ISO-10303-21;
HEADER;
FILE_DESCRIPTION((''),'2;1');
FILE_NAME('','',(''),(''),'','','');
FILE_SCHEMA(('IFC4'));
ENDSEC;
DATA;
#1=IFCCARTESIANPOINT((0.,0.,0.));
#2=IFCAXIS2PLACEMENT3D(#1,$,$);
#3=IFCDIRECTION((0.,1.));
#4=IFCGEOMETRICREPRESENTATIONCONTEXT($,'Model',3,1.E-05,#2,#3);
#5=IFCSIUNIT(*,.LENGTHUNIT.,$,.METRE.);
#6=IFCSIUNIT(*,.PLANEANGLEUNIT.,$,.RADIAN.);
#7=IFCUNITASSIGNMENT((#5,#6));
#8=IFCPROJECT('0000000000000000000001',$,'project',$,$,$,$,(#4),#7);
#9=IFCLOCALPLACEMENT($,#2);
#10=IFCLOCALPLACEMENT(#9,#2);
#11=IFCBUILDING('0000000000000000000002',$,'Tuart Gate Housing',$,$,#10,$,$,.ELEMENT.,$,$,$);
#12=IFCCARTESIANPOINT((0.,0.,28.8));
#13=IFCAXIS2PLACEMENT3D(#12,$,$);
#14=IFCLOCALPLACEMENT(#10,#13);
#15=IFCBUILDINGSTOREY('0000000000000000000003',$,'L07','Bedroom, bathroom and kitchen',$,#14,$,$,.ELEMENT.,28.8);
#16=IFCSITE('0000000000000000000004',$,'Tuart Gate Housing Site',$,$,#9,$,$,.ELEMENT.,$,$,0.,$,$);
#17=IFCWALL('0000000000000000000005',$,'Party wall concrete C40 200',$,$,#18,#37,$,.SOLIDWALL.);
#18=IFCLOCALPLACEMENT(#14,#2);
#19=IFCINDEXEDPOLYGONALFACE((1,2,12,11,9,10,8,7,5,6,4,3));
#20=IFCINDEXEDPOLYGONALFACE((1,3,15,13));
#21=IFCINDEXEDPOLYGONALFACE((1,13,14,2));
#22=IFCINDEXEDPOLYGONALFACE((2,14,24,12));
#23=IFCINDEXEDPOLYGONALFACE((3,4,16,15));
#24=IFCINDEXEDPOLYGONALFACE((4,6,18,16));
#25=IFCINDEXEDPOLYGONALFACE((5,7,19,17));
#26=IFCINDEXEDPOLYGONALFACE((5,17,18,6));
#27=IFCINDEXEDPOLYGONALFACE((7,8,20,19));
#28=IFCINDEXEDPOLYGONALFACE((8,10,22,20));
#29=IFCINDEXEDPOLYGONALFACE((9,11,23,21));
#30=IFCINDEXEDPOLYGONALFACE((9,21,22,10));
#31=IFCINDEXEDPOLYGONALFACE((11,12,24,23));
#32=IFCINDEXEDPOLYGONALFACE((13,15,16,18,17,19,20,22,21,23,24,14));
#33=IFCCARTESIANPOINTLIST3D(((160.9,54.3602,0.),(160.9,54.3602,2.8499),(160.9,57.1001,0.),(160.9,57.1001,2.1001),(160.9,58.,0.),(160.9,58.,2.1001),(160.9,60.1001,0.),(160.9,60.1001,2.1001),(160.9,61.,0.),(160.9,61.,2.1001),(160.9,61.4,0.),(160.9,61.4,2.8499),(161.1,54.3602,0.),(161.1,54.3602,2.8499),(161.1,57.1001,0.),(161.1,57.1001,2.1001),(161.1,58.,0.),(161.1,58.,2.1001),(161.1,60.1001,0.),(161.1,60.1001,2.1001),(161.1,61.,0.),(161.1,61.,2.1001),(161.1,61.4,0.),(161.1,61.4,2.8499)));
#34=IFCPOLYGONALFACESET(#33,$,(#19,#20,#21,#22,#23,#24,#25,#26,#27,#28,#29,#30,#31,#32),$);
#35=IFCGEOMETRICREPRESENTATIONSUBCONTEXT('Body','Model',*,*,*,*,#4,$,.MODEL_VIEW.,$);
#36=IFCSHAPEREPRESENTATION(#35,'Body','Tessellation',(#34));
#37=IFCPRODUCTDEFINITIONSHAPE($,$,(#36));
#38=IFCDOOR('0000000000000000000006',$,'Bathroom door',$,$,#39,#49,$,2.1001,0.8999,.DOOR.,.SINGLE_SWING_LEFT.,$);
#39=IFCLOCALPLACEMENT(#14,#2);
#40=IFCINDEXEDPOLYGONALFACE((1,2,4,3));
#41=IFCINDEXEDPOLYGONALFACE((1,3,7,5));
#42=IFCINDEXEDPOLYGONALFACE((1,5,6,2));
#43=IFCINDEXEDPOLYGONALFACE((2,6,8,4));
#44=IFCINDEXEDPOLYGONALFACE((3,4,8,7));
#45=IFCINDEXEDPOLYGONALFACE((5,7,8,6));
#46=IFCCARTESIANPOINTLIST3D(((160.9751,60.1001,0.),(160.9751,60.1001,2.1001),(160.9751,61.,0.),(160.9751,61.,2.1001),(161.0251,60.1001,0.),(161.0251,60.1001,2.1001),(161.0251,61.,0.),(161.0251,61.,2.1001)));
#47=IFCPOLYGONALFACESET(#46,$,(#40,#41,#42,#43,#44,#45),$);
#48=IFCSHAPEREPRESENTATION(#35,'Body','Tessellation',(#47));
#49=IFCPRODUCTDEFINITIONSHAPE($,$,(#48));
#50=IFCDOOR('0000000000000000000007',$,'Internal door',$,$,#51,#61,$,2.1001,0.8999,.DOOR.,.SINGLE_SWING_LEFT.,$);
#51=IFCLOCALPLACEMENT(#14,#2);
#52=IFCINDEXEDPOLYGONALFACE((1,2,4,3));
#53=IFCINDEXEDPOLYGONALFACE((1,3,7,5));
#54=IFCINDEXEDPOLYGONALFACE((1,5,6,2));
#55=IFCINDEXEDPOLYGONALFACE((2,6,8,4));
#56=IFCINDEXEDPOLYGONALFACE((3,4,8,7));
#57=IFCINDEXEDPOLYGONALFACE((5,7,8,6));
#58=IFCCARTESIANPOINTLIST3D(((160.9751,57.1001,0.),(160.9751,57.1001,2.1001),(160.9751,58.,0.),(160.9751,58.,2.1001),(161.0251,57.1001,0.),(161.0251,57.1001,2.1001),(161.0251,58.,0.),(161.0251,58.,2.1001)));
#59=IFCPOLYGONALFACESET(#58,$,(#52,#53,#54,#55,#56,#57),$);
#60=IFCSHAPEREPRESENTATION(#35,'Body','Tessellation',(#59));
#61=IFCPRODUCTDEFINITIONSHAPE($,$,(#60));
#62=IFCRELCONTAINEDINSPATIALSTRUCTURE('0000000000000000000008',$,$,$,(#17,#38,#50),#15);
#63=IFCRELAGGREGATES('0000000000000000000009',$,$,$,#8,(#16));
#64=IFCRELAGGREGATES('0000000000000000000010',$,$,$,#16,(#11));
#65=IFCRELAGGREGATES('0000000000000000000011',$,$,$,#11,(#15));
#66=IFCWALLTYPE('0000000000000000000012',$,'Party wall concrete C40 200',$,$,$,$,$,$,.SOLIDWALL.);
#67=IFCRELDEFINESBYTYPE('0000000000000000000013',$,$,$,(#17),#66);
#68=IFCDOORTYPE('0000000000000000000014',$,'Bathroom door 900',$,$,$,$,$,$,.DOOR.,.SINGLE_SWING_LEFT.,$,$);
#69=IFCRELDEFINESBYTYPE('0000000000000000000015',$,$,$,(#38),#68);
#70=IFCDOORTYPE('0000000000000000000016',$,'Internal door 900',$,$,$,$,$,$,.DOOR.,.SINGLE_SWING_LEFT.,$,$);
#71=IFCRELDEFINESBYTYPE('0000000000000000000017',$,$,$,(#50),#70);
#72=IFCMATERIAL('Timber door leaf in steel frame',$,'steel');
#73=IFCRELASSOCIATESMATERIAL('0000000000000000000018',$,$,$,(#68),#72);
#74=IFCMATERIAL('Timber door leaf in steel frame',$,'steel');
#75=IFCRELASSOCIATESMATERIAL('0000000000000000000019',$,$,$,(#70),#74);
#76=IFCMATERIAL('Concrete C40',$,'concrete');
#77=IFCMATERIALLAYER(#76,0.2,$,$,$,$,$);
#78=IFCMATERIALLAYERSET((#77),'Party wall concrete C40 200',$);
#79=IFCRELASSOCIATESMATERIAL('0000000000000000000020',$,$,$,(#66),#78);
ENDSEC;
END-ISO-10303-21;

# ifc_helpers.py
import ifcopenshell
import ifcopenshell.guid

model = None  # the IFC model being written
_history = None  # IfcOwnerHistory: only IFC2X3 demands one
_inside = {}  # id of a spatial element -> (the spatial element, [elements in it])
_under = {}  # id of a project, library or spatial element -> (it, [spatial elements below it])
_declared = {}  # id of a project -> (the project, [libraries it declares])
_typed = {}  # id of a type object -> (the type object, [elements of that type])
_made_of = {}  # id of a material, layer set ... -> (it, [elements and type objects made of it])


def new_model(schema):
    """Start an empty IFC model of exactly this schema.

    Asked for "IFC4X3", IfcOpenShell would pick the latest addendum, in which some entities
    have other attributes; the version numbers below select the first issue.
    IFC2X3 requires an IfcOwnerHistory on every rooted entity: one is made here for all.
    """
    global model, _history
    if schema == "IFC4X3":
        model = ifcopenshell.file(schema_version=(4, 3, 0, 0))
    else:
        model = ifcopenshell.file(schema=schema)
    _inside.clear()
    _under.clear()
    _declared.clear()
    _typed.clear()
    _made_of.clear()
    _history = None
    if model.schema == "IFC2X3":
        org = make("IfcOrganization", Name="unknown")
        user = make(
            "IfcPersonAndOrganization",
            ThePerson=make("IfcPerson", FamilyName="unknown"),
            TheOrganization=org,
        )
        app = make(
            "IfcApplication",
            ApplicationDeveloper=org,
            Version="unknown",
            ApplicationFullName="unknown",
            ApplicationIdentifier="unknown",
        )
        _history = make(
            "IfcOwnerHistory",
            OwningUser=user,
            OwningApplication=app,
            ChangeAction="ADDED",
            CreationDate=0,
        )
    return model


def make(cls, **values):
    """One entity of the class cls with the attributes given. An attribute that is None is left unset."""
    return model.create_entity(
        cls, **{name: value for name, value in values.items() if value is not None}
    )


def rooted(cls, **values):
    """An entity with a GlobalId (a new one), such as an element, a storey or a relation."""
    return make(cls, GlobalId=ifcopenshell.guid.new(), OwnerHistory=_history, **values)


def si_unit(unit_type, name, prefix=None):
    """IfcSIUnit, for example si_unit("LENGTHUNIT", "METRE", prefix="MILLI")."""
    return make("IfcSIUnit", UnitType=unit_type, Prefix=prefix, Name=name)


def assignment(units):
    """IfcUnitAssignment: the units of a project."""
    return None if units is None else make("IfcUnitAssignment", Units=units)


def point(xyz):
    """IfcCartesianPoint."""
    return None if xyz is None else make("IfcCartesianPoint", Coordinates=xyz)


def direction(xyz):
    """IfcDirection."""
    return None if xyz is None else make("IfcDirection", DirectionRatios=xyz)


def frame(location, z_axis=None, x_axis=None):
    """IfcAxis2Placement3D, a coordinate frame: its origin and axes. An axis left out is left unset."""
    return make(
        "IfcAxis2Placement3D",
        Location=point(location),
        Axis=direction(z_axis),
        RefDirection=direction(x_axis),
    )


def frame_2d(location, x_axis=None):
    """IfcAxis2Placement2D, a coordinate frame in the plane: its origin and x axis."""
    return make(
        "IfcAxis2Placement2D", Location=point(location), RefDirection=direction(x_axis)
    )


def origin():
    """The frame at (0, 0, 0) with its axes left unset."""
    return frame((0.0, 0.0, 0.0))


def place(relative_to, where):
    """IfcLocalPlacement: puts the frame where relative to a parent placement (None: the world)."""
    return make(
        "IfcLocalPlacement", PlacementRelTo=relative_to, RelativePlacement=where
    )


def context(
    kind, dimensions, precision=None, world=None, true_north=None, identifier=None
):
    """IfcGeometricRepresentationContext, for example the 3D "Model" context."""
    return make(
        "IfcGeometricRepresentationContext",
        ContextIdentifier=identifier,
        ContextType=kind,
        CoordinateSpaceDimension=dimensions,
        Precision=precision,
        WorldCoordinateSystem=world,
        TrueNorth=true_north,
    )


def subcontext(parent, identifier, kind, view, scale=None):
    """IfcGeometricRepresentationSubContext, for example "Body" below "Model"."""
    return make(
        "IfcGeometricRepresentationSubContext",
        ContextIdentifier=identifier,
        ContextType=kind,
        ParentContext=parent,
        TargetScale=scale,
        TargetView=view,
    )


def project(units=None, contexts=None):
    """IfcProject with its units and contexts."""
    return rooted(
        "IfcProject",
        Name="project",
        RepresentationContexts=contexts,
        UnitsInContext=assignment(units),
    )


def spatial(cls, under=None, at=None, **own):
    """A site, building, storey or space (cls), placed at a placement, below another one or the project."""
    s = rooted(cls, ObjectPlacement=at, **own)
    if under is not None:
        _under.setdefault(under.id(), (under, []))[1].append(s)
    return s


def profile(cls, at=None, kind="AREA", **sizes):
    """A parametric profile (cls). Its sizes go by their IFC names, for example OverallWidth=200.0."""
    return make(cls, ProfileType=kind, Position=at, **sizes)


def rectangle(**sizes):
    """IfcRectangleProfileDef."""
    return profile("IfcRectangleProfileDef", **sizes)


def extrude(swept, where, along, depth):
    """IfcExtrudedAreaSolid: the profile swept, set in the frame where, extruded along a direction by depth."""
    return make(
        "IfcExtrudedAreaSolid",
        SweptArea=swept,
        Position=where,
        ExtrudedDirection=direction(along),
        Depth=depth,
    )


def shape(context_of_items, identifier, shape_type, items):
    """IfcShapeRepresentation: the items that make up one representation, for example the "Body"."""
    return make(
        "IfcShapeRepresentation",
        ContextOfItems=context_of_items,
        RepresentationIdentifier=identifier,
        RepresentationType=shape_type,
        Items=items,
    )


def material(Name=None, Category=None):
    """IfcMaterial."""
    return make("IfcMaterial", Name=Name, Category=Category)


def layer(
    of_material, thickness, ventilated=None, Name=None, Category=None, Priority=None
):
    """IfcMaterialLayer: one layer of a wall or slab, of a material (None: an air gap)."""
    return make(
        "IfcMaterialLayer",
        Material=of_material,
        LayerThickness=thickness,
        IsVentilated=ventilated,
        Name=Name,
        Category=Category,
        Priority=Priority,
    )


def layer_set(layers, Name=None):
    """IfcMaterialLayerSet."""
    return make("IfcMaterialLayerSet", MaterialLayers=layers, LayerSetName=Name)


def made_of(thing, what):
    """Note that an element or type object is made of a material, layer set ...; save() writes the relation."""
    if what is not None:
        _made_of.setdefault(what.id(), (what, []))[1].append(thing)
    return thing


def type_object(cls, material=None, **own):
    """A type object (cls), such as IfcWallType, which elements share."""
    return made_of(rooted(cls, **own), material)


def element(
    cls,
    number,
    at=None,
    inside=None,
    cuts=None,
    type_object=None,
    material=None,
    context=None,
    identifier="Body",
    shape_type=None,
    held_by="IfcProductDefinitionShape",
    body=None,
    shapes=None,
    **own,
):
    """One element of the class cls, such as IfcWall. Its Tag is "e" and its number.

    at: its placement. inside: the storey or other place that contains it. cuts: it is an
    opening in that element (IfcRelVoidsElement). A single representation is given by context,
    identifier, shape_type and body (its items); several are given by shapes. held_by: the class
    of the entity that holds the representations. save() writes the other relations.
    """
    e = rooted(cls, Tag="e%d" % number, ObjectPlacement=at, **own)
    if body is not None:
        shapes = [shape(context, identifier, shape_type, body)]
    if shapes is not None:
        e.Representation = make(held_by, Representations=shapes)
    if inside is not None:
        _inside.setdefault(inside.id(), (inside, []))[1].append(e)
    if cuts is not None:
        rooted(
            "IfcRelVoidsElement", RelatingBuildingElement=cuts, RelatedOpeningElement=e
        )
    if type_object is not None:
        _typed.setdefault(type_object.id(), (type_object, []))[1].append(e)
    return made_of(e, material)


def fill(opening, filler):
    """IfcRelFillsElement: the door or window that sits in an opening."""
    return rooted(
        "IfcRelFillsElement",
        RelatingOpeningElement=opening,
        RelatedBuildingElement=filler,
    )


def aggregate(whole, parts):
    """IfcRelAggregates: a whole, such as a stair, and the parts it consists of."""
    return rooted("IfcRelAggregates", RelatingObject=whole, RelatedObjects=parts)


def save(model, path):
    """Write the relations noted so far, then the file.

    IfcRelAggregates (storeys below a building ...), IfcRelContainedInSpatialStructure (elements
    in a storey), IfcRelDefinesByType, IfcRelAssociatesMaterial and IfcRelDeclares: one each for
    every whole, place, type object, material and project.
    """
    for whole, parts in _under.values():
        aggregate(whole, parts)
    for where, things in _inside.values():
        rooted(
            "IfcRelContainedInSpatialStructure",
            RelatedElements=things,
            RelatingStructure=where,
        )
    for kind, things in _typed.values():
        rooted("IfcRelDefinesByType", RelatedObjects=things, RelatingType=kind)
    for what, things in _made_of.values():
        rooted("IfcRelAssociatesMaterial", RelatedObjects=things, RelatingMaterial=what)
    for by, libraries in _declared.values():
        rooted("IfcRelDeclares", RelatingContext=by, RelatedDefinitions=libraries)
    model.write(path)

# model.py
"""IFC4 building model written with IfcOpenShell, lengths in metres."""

from ifc_helpers import new_model, si_unit, direction, frame, frame_2d, origin, place, context, subcontext, project, spatial, rectangle, extrude, material, layer, layer_set, type_object, element, fill, save


model = new_model("IFC4")

# Units and contexts
model_context = context("Model", 3, precision=1e-05, world=origin(), true_north=direction((0.0, 1.0)))
body_context = subcontext(model_context, "Body", "Model", "MODEL_VIEW")
ifc_project = project(units=[si_unit("LENGTHUNIT", "METRE"), si_unit("PLANEANGLEUNIT", "RADIAN")], contexts=[model_context])

# Site, building, storey
site_placement = place(None, origin())
site = spatial("IfcSite", under=ifc_project, at=site_placement, Name="Tuart Gate Housing Site", CompositionType="ELEMENT", RefElevation=0.0)
building_placement = place(site_placement, origin())
building = spatial("IfcBuilding", under=site, at=building_placement, Name="Tuart Gate Housing", CompositionType="ELEMENT")
storey_placement = place(building_placement, frame((0.0, 0.0, 28.8)))
storey = spatial("IfcBuildingStorey", under=building, at=storey_placement, Name="L07", Description="Bedroom, bathroom and kitchen", CompositionType="ELEMENT", Elevation=28.8)

# Shared definitions
ifc_material_1 = material(Name="Timber door leaf in steel frame", Category="steel")
door_type_1 = type_object("IfcDoorType", Name="Bathroom door 900", OperationType="SINGLE_SWING_LEFT", PredefinedType="DOOR", material=ifc_material_1)
ifc_material_2 = material(Name="Timber door leaf in steel frame", Category="steel")
door_type_2 = type_object("IfcDoorType", Name="Internal door 900", OperationType="SINGLE_SWING_LEFT", PredefinedType="DOOR", material=ifc_material_2)

# Shared definitions
ifc_material_3 = material(Name="Concrete C40", Category="concrete")
ifc_layer_1 = layer(ifc_material_3, 0.2)
ifc_layer_set_1 = layer_set([ifc_layer_1], Name="Party wall concrete C40 200")
wall_type_1 = type_object("IfcWallType", Name="Party wall concrete C40 200", PredefinedType="SOLIDWALL", material=ifc_layer_set_1)

# Wall, openings, doors
wall_1_placement = place(storey_placement, frame((161.0, 54.3601, 0.0), z_axis=(0.0, 0.0, 1.0), x_axis=(0.0, 1.0, 0.0)))
wall_1 = element("IfcWall", 1, at=wall_1_placement, inside=storey, type_object=wall_type_1, Name="Party wall concrete C40 200", PredefinedType="SOLIDWALL", context=body_context, shape_type="SweptSolid", body=[
    extrude(rectangle(XDim=7.0398, YDim=0.2, at=frame_2d((3.52, 0.0))), origin(), (0.0, 0.0, 1.0), 2.8499),
])
opening_1_placement = place(wall_1_placement, frame((2.74, 0.0, 0.0)))
opening_1 = element("IfcOpeningElement", 2, at=opening_1_placement, cuts=wall_1, PredefinedType="OPENING", context=body_context, shape_type="SweptSolid", body=[
    extrude(rectangle(XDim=0.8999, YDim=2.1001, at=frame_2d((0.45, 1.05))), frame((0.0, 0.1099, 0.0), z_axis=(0.0, -1.0, 0.0), x_axis=(1.0, 0.0, 0.0)), (0.0, 0.0, 1.0), 0.22),
])
opening_2_placement = place(wall_1_placement, frame((5.74, 0.0, 0.0)))
opening_2 = element("IfcOpeningElement", 3, at=opening_2_placement, cuts=wall_1, PredefinedType="OPENING", context=body_context, shape_type="SweptSolid", body=[
    extrude(rectangle(XDim=0.8999, YDim=2.1001, at=frame_2d((0.45, 1.05))), frame((0.0, 0.1099, 0.0), z_axis=(0.0, -1.0, 0.0), x_axis=(1.0, 0.0, 0.0)), (0.0, 0.0, 1.0), 0.22),
])
door_1_placement = place(opening_2_placement, frame((0.8999, 0.0, 0.0), z_axis=(0.0, 0.0, 1.0), x_axis=(-1.0, 0.0, 0.0)))
door_1 = element("IfcDoor", 4, at=door_1_placement, inside=storey, type_object=door_type_1, Name="Bathroom door", OperationType="SINGLE_SWING_LEFT", OverallHeight=2.1001, OverallWidth=0.8999, PredefinedType="DOOR", context=body_context, shape_type="SweptSolid", body=[
    extrude(rectangle(XDim=0.8999, YDim=2.1001, at=frame_2d((0.45, 1.05))), frame((0.0, 0.0251, 0.0), z_axis=(0.0, -1.0, 0.0), x_axis=(1.0, 0.0, 0.0)), (0.0, 0.0, 1.0), 0.05),
])
fill(opening_2, door_1)
door_2_placement = place(opening_1_placement, frame((0.8999, 0.0, 0.0), z_axis=(0.0, 0.0, 1.0), x_axis=(-1.0, 0.0, 0.0)))
door_2 = element("IfcDoor", 5, at=door_2_placement, inside=storey, type_object=door_type_2, Name="Internal door", OperationType="SINGLE_SWING_LEFT", OverallHeight=2.1001, OverallWidth=0.8999, PredefinedType="DOOR", context=body_context, shape_type="SweptSolid", body=[
    extrude(rectangle(XDim=0.8999, YDim=2.1001, at=frame_2d((0.45, 1.05))), frame((0.0, 0.0251, 0.0), z_axis=(0.0, -1.0, 0.0), x_axis=(1.0, 0.0, 0.0)), (0.0, 0.0, 1.0), 0.05),
])
fill(opening_1, door_2)

save(model, "model.ifc")
